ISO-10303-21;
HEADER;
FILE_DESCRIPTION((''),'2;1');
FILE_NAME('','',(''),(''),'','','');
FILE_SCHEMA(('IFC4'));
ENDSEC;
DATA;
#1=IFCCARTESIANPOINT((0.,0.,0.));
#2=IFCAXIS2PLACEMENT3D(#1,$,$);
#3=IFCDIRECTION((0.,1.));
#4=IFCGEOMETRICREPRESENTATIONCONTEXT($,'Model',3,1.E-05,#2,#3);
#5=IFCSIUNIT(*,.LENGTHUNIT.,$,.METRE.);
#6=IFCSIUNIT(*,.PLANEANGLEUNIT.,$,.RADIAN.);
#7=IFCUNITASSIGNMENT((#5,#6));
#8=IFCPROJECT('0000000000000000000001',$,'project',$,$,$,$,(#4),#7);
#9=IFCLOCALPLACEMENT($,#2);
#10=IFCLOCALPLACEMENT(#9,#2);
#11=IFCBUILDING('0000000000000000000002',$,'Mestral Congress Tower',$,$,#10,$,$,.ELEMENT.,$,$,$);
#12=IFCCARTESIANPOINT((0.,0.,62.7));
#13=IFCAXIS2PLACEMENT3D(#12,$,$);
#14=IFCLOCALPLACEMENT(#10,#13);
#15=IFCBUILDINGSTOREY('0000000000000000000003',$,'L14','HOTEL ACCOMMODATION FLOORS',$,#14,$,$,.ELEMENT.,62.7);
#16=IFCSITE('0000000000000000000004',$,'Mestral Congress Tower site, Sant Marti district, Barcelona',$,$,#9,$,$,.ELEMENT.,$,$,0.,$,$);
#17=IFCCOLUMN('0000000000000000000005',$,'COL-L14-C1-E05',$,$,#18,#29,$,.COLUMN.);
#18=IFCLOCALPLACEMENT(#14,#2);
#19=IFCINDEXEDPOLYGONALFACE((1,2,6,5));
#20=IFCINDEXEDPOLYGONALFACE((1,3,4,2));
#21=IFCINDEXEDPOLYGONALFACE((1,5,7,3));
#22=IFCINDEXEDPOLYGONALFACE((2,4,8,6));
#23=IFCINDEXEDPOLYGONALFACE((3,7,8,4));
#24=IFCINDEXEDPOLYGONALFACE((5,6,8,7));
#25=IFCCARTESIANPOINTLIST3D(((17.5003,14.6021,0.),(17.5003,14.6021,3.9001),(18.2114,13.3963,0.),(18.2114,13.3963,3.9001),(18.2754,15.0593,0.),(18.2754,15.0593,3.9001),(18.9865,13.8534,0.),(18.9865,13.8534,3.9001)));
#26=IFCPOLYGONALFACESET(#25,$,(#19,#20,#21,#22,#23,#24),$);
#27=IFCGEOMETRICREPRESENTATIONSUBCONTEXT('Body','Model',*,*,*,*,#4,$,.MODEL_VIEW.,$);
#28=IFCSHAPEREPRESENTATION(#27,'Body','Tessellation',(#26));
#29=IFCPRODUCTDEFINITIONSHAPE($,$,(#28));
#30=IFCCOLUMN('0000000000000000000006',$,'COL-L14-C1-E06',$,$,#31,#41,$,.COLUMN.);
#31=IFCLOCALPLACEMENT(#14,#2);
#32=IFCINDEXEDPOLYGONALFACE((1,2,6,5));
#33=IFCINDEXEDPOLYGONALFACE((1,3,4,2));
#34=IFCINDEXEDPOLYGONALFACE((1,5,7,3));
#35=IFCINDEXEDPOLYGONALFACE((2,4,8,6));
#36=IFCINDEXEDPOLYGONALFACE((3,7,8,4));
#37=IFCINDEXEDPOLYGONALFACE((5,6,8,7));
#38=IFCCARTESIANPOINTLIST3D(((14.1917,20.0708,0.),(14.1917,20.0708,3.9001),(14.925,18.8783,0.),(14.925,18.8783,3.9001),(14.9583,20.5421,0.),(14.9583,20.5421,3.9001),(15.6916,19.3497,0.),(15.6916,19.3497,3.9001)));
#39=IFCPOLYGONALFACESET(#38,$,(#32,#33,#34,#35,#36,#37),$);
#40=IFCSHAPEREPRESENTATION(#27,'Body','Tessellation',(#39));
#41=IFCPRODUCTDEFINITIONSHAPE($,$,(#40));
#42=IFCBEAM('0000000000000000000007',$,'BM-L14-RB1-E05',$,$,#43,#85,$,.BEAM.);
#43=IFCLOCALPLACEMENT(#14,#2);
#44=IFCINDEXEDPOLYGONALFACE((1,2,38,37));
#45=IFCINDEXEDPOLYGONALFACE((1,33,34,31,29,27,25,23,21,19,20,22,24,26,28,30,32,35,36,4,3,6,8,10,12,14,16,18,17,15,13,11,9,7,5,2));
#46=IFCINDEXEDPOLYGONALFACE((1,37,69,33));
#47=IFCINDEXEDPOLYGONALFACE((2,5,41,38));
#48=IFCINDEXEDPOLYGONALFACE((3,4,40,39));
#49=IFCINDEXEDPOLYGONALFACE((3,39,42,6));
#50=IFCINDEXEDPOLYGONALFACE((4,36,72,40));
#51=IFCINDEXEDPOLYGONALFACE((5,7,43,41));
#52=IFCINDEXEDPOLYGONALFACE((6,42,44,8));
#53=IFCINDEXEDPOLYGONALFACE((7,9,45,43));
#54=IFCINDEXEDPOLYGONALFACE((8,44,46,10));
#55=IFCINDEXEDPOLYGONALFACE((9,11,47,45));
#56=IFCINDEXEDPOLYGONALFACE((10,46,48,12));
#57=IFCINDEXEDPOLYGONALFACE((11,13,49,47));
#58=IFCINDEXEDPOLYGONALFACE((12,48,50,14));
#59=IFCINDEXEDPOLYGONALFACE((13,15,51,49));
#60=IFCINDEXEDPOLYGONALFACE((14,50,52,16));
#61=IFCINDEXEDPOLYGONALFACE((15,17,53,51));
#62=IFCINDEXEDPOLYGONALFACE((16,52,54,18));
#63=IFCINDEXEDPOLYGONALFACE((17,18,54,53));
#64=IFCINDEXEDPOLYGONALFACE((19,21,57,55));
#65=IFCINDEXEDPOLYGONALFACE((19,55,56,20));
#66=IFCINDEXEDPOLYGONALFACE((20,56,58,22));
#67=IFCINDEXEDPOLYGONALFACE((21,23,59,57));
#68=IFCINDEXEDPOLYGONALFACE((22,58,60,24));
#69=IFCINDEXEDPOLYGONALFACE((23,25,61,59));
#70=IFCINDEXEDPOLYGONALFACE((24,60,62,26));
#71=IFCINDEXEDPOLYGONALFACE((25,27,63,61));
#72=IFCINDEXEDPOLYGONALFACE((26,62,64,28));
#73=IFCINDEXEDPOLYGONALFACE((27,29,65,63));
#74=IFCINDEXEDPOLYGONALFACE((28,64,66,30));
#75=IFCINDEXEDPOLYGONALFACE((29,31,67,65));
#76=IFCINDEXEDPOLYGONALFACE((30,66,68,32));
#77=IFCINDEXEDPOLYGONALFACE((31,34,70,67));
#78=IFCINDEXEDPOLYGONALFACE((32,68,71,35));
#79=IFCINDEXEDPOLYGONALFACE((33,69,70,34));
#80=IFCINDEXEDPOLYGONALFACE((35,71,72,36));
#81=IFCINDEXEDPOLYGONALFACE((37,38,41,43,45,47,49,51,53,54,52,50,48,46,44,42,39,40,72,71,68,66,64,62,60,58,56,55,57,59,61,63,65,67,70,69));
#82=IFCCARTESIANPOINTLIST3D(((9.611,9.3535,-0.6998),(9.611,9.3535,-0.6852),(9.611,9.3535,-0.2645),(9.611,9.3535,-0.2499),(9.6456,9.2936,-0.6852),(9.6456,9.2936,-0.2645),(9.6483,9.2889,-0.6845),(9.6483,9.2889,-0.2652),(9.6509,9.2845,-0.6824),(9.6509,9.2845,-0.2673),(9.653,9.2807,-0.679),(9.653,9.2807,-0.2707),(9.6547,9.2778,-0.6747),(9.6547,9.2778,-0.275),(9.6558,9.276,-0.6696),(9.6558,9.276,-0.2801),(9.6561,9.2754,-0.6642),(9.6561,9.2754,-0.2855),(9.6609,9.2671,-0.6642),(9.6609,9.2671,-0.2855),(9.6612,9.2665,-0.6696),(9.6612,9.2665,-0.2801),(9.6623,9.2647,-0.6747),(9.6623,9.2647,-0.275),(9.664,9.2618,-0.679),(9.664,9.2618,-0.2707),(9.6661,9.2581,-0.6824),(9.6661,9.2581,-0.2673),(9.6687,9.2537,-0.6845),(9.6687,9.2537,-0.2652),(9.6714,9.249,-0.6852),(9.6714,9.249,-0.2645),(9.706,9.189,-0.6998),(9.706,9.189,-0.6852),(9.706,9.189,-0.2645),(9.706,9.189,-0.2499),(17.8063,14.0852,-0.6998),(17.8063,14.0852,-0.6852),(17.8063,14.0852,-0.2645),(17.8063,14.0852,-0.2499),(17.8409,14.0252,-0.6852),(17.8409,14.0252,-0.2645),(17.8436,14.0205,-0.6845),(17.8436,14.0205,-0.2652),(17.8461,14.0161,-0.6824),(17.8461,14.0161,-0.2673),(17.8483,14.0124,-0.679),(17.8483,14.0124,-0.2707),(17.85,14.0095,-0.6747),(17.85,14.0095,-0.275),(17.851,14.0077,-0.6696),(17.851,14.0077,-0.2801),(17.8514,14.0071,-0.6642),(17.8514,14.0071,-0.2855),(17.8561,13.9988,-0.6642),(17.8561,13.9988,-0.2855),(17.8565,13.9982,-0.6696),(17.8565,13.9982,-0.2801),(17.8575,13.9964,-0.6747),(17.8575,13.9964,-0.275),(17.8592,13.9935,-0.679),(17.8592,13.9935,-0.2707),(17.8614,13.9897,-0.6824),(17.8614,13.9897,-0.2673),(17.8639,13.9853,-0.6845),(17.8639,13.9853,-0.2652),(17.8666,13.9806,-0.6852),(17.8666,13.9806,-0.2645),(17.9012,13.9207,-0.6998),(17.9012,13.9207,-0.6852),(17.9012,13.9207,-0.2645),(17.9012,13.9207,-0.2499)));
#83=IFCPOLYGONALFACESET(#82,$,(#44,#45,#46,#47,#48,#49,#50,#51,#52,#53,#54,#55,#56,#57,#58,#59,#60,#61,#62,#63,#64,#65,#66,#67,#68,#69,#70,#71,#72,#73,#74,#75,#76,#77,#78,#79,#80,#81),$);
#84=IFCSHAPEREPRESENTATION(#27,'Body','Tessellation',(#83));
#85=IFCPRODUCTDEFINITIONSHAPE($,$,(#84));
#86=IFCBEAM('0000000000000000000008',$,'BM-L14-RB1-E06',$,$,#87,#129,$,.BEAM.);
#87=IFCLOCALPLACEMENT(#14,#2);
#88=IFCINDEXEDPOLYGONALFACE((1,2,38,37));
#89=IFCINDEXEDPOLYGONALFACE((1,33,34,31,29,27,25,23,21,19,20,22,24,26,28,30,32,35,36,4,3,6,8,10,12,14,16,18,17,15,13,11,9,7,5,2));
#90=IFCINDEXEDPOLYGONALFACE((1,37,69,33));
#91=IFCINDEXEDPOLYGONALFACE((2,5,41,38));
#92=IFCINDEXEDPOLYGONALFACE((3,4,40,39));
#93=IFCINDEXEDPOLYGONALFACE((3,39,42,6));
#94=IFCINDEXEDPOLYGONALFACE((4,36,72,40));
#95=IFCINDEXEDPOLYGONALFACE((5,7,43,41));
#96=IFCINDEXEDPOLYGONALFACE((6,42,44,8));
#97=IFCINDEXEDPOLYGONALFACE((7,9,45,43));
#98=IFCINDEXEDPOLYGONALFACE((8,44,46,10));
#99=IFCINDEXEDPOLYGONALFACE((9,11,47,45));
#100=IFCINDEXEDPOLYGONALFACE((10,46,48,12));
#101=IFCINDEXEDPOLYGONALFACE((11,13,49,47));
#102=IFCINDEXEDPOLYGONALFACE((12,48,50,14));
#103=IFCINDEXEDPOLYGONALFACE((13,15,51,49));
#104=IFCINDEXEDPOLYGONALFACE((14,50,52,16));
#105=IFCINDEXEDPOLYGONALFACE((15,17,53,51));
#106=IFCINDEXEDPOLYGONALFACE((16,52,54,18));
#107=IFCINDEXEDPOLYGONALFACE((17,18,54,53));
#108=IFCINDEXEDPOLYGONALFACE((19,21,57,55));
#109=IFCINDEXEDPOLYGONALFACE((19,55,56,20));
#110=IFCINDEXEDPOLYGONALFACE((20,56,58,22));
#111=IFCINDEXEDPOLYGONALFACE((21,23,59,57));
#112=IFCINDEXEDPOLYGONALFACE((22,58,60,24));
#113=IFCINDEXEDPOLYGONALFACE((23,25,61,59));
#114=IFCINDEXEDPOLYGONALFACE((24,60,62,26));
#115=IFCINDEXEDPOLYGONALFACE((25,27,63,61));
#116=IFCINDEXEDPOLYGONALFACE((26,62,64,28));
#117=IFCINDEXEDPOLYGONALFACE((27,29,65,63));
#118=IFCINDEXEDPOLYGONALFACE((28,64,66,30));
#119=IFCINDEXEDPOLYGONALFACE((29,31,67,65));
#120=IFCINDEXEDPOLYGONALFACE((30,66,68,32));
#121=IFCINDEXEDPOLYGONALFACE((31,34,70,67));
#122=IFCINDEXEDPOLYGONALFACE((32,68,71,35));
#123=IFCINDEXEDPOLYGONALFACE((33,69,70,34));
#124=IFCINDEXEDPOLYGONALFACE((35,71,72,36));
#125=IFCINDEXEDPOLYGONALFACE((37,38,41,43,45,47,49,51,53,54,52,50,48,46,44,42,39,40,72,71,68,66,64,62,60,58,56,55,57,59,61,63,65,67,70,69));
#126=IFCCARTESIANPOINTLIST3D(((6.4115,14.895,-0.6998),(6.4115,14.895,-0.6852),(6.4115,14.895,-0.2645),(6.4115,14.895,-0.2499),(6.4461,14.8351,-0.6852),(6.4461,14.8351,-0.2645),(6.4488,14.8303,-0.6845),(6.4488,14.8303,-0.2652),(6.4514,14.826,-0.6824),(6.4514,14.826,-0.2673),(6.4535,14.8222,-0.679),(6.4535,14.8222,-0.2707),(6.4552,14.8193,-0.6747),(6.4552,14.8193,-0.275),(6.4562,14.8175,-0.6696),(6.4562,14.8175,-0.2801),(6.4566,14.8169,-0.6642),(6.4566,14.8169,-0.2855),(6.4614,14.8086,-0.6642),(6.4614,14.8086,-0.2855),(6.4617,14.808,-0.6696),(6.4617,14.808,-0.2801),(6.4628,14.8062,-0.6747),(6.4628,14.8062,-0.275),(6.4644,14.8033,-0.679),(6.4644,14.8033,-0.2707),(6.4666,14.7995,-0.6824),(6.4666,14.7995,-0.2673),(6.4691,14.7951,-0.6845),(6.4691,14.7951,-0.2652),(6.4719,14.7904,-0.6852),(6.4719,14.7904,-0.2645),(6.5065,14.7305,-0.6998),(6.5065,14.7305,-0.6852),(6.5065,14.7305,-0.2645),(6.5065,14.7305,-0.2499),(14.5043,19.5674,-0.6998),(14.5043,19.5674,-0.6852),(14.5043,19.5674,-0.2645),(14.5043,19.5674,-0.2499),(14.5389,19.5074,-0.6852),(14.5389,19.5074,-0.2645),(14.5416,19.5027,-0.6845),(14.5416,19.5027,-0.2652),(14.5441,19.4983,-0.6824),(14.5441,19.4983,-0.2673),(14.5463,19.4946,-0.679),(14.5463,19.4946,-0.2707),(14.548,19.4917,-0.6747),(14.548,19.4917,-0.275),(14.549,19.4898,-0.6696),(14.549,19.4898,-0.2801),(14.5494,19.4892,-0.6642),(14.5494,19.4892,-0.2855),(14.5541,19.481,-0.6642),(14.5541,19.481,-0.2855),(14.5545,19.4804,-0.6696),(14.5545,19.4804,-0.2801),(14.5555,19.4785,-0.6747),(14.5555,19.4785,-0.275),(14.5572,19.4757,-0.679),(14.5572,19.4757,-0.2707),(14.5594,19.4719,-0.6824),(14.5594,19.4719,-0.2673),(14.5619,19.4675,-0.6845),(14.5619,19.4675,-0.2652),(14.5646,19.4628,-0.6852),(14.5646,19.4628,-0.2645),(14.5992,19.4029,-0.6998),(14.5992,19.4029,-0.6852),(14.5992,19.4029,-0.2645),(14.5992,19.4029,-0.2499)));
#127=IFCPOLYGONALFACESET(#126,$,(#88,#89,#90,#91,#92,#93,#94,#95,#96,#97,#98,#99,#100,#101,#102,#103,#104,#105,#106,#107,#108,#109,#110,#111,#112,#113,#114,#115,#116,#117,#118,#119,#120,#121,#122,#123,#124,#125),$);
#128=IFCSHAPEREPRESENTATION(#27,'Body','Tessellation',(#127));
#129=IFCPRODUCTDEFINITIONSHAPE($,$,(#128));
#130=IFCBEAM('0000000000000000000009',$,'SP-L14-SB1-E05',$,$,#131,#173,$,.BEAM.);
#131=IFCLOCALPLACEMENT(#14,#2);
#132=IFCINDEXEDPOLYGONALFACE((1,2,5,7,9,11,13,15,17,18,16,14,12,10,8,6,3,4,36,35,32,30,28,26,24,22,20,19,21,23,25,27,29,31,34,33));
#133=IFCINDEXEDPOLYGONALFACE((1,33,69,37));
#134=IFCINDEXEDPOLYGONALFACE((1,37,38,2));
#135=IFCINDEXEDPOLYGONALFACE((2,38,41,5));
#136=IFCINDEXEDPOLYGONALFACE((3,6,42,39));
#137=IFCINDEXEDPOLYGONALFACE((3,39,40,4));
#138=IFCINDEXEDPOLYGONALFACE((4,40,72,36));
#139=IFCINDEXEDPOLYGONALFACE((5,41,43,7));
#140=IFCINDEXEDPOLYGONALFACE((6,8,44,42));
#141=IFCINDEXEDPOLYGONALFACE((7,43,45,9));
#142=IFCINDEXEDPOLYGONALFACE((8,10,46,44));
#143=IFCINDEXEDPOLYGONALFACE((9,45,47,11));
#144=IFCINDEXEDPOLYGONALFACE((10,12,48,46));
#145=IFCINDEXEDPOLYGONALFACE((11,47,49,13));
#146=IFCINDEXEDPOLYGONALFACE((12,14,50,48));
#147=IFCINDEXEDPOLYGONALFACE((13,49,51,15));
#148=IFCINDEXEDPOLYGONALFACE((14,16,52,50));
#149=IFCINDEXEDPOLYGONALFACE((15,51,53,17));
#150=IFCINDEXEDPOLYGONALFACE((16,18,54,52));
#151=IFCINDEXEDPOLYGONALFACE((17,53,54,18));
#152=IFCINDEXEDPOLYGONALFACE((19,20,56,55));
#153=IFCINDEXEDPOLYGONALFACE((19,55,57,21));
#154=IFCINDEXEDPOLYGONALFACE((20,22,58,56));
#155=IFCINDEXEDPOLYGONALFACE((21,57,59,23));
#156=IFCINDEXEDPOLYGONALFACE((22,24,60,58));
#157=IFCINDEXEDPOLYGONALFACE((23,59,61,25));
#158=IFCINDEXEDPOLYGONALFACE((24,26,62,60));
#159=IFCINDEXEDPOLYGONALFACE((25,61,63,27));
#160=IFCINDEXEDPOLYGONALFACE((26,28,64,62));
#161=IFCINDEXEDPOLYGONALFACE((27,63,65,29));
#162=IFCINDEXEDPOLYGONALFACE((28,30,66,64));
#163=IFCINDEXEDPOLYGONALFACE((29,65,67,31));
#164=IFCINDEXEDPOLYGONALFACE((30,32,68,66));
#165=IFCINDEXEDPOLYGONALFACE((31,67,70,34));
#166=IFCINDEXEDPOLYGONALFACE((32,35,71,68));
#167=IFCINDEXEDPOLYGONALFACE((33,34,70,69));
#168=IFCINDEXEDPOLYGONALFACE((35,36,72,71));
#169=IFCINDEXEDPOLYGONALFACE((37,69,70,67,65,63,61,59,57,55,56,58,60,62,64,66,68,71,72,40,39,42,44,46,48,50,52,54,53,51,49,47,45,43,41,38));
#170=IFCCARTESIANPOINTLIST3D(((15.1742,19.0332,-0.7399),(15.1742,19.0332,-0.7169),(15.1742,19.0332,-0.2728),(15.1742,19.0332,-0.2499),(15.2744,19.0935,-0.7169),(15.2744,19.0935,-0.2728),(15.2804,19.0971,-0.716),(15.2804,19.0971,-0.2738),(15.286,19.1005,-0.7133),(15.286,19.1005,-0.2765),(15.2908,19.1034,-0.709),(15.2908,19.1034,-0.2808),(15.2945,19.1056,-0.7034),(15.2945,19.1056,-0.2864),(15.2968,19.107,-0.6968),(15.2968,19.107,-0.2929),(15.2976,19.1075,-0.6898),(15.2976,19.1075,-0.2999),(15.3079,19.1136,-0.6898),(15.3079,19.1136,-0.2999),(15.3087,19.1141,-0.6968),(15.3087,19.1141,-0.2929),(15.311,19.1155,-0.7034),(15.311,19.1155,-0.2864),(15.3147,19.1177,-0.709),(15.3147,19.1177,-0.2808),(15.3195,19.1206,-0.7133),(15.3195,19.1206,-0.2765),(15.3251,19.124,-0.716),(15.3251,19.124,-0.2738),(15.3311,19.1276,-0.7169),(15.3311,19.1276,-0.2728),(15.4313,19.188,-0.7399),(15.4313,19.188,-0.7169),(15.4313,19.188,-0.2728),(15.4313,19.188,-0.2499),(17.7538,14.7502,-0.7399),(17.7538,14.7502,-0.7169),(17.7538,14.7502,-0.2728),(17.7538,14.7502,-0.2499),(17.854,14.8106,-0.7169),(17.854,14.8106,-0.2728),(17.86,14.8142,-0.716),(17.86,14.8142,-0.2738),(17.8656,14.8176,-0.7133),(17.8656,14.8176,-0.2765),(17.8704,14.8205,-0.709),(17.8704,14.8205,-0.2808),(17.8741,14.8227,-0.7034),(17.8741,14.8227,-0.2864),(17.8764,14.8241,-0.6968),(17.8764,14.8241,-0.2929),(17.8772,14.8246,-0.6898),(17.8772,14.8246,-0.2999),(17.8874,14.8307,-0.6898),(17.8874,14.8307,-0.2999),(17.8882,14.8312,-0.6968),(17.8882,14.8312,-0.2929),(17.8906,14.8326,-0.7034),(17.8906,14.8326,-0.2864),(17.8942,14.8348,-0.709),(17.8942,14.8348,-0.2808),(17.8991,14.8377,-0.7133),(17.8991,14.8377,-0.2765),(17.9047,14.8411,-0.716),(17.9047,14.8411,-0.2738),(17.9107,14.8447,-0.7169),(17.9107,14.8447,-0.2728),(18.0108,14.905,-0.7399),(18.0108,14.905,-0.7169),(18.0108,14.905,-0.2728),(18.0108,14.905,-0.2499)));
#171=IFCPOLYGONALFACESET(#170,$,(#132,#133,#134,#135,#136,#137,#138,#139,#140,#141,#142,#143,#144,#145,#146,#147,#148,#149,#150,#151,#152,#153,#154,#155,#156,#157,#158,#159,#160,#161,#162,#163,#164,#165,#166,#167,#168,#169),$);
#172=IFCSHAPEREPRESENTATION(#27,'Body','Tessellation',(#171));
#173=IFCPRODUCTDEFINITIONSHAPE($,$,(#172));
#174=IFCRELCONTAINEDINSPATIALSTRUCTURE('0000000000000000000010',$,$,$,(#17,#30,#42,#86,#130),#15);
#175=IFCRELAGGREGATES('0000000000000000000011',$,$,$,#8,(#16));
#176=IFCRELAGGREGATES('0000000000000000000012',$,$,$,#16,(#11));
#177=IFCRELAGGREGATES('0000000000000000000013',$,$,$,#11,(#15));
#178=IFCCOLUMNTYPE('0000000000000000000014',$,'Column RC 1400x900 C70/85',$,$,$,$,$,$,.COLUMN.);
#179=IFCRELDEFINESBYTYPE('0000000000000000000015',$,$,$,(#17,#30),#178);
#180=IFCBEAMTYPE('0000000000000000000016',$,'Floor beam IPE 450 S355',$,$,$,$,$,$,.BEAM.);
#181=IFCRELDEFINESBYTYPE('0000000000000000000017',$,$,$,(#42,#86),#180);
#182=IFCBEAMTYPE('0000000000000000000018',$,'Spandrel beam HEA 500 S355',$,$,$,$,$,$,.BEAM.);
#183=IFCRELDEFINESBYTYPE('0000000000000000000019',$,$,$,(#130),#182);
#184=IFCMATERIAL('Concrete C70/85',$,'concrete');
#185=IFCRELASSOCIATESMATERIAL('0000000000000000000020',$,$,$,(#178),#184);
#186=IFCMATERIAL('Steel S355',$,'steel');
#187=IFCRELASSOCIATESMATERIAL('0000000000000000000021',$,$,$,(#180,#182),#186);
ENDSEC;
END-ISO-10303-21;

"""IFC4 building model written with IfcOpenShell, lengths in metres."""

from ifc_helpers import new_model, si_unit, direction, frame, origin, origin_2d, place, context, subcontext, project, spatial, rectangle, i_section, extrude, material, material_profile, profile_set, type_object, element, save


model = new_model("IFC4")

# Units and contexts
model_context = context("Model", 3, precision=1e-05, world=origin(), true_north=direction((0.0, 1.0)))
body_context = subcontext(model_context, "Body", "Model", "MODEL_VIEW")
ifc_project = project(units=[si_unit("LENGTHUNIT", "METRE"), si_unit("PLANEANGLEUNIT", "RADIAN")], contexts=[model_context])

# Site, building, storey
site_placement = place(None, origin())
site = spatial("IfcSite", under=ifc_project, at=site_placement, Name="Mestral Congress Tower site, Sant Marti district, Barcelona", CompositionType="ELEMENT", RefElevation=0.0)
building_placement = place(site_placement, origin())
building = spatial("IfcBuilding", under=site, at=building_placement, Name="Mestral Congress Tower", CompositionType="ELEMENT")
storey_placement = place(building_placement, frame((0.0, 0.0, 62.7)))
storey = spatial("IfcBuildingStorey", under=building, at=storey_placement, Name="L14", Description="HOTEL ACCOMMODATION FLOORS", CompositionType="ELEMENT", Elevation=62.7)

# Columns
ifc_material_1 = material(Name="Concrete C70/85", Category="concrete")
ifc_material_profile_1 = material_profile(ifc_material_1, rectangle(XDim=1.3999, YDim=0.8999, at=origin_2d()), Name="RC 1400x900")
ifc_profile_set_1 = profile_set([ifc_material_profile_1], Name="Concrete C70/85")
column_type = type_object("IfcColumnType", Name="Column RC 1400x900 C70/85", PredefinedType="COLUMN", material=ifc_profile_set_1)
for number, where, z_axis, x_axis, name in (
    (1, (18.2434, 14.2278, 0.0), (0.0, 0.0, 1.0), (-0.507983, 0.861367, 0.0), "COL-L14-C1-E05"),
    (2, (14.9417, 19.7102, 0.0), (0.0, 0.0, 1.0), (-0.523819, 0.851829, 0.0), "COL-L14-C1-E06"),
):
    element("IfcColumn", number, at=place(storey_placement, frame(where, z_axis=z_axis, x_axis=x_axis)), inside=storey, type_object=column_type, Name=name, PredefinedType="COLUMN", context=body_context, shape_type="SweptSolid", body=[
        extrude(rectangle(XDim=1.3999, YDim=0.8999, at=origin_2d()), origin(), (0.0, 0.0, 1.0), 3.9001),
    ])

# Beams
ifc_material_2 = material(Name="Steel S355", Category="steel")
ifc_material_profile_2 = material_profile(ifc_material_2, i_section(OverallWidth=0.1899, OverallDepth=0.45, WebThickness=0.0095, FlangeThickness=0.0146, FilletRadius=0.021, at=origin_2d()), Name="IPE 450")
ifc_profile_set_2 = profile_set([ifc_material_profile_2], Name="Steel S355")
beam_type_1 = type_object("IfcBeamType", Name="Floor beam IPE 450 S355", PredefinedType="BEAM", material=ifc_profile_set_2)
beam_1_placement = place(storey_placement, frame((17.8538, 14.0029, -0.4749), z_axis=(-0.86602, -0.50001, 0.0), x_axis=(0.50001, -0.86602, 0.0)))
element("IfcBeam", 3, at=beam_1_placement, inside=storey, type_object=beam_type_1, Name="BM-L14-RB1-E05", PredefinedType="BEAM", context=body_context, shape_type="SweptSolid", body=[
    extrude(i_section(OverallWidth=0.1899, OverallDepth=0.45, WebThickness=0.0095, FlangeThickness=0.0146, FilletRadius=0.021, at=origin_2d()), origin(), (0.0, 0.0, 1.0), 9.4631),
])
beam_2_placement = place(storey_placement, frame((14.5518, 19.4851, -0.4749), z_axis=(-0.866025, -0.5, 0.0), x_axis=(0.5, -0.866025, 0.0)))
element("IfcBeam", 4, at=beam_2_placement, inside=storey, type_object=beam_type_1, Name="BM-L14-RB1-E06", PredefinedType="BEAM", context=body_context, shape_type="SweptSolid", body=[
    extrude(i_section(OverallWidth=0.1899, OverallDepth=0.45, WebThickness=0.0095, FlangeThickness=0.0146, FilletRadius=0.021, at=origin_2d()), origin(), (0.0, 0.0, 1.0), 9.3447),
])
ifc_material_profile_3 = material_profile(ifc_material_2, i_section(OverallWidth=0.3, OverallDepth=0.49, WebThickness=0.012, FlangeThickness=0.0229, FilletRadius=0.0271, at=origin_2d()), Name="HEA 500")
ifc_profile_set_3 = profile_set([ifc_material_profile_3], Name="Steel S355")
beam_type_2 = type_object("IfcBeamType", Name="Spandrel beam HEA 500 S355", PredefinedType="BEAM", material=ifc_profile_set_3)
for number, where, z_axis, x_axis, name in (
    (5, (17.8823, 14.8276, -0.4949), (-0.515938, 0.856626, 0.0), (-0.856626, -0.515938, 0.0), "SP-L14-SB1-E05"),
):
    element("IfcBeam", number, at=place(storey_placement, frame(where, z_axis=z_axis, x_axis=x_axis)), inside=storey, type_object=beam_type_2, Name=name, PredefinedType="BEAM", context=body_context, shape_type="SweptSolid", body=[
        extrude(i_section(OverallWidth=0.3, OverallDepth=0.49, WebThickness=0.012, FlangeThickness=0.0229, FilletRadius=0.0271, at=origin_2d()), origin(), (0.0, 0.0, 1.0), 4.9998),
    ])

save(model, "model.ifc")
